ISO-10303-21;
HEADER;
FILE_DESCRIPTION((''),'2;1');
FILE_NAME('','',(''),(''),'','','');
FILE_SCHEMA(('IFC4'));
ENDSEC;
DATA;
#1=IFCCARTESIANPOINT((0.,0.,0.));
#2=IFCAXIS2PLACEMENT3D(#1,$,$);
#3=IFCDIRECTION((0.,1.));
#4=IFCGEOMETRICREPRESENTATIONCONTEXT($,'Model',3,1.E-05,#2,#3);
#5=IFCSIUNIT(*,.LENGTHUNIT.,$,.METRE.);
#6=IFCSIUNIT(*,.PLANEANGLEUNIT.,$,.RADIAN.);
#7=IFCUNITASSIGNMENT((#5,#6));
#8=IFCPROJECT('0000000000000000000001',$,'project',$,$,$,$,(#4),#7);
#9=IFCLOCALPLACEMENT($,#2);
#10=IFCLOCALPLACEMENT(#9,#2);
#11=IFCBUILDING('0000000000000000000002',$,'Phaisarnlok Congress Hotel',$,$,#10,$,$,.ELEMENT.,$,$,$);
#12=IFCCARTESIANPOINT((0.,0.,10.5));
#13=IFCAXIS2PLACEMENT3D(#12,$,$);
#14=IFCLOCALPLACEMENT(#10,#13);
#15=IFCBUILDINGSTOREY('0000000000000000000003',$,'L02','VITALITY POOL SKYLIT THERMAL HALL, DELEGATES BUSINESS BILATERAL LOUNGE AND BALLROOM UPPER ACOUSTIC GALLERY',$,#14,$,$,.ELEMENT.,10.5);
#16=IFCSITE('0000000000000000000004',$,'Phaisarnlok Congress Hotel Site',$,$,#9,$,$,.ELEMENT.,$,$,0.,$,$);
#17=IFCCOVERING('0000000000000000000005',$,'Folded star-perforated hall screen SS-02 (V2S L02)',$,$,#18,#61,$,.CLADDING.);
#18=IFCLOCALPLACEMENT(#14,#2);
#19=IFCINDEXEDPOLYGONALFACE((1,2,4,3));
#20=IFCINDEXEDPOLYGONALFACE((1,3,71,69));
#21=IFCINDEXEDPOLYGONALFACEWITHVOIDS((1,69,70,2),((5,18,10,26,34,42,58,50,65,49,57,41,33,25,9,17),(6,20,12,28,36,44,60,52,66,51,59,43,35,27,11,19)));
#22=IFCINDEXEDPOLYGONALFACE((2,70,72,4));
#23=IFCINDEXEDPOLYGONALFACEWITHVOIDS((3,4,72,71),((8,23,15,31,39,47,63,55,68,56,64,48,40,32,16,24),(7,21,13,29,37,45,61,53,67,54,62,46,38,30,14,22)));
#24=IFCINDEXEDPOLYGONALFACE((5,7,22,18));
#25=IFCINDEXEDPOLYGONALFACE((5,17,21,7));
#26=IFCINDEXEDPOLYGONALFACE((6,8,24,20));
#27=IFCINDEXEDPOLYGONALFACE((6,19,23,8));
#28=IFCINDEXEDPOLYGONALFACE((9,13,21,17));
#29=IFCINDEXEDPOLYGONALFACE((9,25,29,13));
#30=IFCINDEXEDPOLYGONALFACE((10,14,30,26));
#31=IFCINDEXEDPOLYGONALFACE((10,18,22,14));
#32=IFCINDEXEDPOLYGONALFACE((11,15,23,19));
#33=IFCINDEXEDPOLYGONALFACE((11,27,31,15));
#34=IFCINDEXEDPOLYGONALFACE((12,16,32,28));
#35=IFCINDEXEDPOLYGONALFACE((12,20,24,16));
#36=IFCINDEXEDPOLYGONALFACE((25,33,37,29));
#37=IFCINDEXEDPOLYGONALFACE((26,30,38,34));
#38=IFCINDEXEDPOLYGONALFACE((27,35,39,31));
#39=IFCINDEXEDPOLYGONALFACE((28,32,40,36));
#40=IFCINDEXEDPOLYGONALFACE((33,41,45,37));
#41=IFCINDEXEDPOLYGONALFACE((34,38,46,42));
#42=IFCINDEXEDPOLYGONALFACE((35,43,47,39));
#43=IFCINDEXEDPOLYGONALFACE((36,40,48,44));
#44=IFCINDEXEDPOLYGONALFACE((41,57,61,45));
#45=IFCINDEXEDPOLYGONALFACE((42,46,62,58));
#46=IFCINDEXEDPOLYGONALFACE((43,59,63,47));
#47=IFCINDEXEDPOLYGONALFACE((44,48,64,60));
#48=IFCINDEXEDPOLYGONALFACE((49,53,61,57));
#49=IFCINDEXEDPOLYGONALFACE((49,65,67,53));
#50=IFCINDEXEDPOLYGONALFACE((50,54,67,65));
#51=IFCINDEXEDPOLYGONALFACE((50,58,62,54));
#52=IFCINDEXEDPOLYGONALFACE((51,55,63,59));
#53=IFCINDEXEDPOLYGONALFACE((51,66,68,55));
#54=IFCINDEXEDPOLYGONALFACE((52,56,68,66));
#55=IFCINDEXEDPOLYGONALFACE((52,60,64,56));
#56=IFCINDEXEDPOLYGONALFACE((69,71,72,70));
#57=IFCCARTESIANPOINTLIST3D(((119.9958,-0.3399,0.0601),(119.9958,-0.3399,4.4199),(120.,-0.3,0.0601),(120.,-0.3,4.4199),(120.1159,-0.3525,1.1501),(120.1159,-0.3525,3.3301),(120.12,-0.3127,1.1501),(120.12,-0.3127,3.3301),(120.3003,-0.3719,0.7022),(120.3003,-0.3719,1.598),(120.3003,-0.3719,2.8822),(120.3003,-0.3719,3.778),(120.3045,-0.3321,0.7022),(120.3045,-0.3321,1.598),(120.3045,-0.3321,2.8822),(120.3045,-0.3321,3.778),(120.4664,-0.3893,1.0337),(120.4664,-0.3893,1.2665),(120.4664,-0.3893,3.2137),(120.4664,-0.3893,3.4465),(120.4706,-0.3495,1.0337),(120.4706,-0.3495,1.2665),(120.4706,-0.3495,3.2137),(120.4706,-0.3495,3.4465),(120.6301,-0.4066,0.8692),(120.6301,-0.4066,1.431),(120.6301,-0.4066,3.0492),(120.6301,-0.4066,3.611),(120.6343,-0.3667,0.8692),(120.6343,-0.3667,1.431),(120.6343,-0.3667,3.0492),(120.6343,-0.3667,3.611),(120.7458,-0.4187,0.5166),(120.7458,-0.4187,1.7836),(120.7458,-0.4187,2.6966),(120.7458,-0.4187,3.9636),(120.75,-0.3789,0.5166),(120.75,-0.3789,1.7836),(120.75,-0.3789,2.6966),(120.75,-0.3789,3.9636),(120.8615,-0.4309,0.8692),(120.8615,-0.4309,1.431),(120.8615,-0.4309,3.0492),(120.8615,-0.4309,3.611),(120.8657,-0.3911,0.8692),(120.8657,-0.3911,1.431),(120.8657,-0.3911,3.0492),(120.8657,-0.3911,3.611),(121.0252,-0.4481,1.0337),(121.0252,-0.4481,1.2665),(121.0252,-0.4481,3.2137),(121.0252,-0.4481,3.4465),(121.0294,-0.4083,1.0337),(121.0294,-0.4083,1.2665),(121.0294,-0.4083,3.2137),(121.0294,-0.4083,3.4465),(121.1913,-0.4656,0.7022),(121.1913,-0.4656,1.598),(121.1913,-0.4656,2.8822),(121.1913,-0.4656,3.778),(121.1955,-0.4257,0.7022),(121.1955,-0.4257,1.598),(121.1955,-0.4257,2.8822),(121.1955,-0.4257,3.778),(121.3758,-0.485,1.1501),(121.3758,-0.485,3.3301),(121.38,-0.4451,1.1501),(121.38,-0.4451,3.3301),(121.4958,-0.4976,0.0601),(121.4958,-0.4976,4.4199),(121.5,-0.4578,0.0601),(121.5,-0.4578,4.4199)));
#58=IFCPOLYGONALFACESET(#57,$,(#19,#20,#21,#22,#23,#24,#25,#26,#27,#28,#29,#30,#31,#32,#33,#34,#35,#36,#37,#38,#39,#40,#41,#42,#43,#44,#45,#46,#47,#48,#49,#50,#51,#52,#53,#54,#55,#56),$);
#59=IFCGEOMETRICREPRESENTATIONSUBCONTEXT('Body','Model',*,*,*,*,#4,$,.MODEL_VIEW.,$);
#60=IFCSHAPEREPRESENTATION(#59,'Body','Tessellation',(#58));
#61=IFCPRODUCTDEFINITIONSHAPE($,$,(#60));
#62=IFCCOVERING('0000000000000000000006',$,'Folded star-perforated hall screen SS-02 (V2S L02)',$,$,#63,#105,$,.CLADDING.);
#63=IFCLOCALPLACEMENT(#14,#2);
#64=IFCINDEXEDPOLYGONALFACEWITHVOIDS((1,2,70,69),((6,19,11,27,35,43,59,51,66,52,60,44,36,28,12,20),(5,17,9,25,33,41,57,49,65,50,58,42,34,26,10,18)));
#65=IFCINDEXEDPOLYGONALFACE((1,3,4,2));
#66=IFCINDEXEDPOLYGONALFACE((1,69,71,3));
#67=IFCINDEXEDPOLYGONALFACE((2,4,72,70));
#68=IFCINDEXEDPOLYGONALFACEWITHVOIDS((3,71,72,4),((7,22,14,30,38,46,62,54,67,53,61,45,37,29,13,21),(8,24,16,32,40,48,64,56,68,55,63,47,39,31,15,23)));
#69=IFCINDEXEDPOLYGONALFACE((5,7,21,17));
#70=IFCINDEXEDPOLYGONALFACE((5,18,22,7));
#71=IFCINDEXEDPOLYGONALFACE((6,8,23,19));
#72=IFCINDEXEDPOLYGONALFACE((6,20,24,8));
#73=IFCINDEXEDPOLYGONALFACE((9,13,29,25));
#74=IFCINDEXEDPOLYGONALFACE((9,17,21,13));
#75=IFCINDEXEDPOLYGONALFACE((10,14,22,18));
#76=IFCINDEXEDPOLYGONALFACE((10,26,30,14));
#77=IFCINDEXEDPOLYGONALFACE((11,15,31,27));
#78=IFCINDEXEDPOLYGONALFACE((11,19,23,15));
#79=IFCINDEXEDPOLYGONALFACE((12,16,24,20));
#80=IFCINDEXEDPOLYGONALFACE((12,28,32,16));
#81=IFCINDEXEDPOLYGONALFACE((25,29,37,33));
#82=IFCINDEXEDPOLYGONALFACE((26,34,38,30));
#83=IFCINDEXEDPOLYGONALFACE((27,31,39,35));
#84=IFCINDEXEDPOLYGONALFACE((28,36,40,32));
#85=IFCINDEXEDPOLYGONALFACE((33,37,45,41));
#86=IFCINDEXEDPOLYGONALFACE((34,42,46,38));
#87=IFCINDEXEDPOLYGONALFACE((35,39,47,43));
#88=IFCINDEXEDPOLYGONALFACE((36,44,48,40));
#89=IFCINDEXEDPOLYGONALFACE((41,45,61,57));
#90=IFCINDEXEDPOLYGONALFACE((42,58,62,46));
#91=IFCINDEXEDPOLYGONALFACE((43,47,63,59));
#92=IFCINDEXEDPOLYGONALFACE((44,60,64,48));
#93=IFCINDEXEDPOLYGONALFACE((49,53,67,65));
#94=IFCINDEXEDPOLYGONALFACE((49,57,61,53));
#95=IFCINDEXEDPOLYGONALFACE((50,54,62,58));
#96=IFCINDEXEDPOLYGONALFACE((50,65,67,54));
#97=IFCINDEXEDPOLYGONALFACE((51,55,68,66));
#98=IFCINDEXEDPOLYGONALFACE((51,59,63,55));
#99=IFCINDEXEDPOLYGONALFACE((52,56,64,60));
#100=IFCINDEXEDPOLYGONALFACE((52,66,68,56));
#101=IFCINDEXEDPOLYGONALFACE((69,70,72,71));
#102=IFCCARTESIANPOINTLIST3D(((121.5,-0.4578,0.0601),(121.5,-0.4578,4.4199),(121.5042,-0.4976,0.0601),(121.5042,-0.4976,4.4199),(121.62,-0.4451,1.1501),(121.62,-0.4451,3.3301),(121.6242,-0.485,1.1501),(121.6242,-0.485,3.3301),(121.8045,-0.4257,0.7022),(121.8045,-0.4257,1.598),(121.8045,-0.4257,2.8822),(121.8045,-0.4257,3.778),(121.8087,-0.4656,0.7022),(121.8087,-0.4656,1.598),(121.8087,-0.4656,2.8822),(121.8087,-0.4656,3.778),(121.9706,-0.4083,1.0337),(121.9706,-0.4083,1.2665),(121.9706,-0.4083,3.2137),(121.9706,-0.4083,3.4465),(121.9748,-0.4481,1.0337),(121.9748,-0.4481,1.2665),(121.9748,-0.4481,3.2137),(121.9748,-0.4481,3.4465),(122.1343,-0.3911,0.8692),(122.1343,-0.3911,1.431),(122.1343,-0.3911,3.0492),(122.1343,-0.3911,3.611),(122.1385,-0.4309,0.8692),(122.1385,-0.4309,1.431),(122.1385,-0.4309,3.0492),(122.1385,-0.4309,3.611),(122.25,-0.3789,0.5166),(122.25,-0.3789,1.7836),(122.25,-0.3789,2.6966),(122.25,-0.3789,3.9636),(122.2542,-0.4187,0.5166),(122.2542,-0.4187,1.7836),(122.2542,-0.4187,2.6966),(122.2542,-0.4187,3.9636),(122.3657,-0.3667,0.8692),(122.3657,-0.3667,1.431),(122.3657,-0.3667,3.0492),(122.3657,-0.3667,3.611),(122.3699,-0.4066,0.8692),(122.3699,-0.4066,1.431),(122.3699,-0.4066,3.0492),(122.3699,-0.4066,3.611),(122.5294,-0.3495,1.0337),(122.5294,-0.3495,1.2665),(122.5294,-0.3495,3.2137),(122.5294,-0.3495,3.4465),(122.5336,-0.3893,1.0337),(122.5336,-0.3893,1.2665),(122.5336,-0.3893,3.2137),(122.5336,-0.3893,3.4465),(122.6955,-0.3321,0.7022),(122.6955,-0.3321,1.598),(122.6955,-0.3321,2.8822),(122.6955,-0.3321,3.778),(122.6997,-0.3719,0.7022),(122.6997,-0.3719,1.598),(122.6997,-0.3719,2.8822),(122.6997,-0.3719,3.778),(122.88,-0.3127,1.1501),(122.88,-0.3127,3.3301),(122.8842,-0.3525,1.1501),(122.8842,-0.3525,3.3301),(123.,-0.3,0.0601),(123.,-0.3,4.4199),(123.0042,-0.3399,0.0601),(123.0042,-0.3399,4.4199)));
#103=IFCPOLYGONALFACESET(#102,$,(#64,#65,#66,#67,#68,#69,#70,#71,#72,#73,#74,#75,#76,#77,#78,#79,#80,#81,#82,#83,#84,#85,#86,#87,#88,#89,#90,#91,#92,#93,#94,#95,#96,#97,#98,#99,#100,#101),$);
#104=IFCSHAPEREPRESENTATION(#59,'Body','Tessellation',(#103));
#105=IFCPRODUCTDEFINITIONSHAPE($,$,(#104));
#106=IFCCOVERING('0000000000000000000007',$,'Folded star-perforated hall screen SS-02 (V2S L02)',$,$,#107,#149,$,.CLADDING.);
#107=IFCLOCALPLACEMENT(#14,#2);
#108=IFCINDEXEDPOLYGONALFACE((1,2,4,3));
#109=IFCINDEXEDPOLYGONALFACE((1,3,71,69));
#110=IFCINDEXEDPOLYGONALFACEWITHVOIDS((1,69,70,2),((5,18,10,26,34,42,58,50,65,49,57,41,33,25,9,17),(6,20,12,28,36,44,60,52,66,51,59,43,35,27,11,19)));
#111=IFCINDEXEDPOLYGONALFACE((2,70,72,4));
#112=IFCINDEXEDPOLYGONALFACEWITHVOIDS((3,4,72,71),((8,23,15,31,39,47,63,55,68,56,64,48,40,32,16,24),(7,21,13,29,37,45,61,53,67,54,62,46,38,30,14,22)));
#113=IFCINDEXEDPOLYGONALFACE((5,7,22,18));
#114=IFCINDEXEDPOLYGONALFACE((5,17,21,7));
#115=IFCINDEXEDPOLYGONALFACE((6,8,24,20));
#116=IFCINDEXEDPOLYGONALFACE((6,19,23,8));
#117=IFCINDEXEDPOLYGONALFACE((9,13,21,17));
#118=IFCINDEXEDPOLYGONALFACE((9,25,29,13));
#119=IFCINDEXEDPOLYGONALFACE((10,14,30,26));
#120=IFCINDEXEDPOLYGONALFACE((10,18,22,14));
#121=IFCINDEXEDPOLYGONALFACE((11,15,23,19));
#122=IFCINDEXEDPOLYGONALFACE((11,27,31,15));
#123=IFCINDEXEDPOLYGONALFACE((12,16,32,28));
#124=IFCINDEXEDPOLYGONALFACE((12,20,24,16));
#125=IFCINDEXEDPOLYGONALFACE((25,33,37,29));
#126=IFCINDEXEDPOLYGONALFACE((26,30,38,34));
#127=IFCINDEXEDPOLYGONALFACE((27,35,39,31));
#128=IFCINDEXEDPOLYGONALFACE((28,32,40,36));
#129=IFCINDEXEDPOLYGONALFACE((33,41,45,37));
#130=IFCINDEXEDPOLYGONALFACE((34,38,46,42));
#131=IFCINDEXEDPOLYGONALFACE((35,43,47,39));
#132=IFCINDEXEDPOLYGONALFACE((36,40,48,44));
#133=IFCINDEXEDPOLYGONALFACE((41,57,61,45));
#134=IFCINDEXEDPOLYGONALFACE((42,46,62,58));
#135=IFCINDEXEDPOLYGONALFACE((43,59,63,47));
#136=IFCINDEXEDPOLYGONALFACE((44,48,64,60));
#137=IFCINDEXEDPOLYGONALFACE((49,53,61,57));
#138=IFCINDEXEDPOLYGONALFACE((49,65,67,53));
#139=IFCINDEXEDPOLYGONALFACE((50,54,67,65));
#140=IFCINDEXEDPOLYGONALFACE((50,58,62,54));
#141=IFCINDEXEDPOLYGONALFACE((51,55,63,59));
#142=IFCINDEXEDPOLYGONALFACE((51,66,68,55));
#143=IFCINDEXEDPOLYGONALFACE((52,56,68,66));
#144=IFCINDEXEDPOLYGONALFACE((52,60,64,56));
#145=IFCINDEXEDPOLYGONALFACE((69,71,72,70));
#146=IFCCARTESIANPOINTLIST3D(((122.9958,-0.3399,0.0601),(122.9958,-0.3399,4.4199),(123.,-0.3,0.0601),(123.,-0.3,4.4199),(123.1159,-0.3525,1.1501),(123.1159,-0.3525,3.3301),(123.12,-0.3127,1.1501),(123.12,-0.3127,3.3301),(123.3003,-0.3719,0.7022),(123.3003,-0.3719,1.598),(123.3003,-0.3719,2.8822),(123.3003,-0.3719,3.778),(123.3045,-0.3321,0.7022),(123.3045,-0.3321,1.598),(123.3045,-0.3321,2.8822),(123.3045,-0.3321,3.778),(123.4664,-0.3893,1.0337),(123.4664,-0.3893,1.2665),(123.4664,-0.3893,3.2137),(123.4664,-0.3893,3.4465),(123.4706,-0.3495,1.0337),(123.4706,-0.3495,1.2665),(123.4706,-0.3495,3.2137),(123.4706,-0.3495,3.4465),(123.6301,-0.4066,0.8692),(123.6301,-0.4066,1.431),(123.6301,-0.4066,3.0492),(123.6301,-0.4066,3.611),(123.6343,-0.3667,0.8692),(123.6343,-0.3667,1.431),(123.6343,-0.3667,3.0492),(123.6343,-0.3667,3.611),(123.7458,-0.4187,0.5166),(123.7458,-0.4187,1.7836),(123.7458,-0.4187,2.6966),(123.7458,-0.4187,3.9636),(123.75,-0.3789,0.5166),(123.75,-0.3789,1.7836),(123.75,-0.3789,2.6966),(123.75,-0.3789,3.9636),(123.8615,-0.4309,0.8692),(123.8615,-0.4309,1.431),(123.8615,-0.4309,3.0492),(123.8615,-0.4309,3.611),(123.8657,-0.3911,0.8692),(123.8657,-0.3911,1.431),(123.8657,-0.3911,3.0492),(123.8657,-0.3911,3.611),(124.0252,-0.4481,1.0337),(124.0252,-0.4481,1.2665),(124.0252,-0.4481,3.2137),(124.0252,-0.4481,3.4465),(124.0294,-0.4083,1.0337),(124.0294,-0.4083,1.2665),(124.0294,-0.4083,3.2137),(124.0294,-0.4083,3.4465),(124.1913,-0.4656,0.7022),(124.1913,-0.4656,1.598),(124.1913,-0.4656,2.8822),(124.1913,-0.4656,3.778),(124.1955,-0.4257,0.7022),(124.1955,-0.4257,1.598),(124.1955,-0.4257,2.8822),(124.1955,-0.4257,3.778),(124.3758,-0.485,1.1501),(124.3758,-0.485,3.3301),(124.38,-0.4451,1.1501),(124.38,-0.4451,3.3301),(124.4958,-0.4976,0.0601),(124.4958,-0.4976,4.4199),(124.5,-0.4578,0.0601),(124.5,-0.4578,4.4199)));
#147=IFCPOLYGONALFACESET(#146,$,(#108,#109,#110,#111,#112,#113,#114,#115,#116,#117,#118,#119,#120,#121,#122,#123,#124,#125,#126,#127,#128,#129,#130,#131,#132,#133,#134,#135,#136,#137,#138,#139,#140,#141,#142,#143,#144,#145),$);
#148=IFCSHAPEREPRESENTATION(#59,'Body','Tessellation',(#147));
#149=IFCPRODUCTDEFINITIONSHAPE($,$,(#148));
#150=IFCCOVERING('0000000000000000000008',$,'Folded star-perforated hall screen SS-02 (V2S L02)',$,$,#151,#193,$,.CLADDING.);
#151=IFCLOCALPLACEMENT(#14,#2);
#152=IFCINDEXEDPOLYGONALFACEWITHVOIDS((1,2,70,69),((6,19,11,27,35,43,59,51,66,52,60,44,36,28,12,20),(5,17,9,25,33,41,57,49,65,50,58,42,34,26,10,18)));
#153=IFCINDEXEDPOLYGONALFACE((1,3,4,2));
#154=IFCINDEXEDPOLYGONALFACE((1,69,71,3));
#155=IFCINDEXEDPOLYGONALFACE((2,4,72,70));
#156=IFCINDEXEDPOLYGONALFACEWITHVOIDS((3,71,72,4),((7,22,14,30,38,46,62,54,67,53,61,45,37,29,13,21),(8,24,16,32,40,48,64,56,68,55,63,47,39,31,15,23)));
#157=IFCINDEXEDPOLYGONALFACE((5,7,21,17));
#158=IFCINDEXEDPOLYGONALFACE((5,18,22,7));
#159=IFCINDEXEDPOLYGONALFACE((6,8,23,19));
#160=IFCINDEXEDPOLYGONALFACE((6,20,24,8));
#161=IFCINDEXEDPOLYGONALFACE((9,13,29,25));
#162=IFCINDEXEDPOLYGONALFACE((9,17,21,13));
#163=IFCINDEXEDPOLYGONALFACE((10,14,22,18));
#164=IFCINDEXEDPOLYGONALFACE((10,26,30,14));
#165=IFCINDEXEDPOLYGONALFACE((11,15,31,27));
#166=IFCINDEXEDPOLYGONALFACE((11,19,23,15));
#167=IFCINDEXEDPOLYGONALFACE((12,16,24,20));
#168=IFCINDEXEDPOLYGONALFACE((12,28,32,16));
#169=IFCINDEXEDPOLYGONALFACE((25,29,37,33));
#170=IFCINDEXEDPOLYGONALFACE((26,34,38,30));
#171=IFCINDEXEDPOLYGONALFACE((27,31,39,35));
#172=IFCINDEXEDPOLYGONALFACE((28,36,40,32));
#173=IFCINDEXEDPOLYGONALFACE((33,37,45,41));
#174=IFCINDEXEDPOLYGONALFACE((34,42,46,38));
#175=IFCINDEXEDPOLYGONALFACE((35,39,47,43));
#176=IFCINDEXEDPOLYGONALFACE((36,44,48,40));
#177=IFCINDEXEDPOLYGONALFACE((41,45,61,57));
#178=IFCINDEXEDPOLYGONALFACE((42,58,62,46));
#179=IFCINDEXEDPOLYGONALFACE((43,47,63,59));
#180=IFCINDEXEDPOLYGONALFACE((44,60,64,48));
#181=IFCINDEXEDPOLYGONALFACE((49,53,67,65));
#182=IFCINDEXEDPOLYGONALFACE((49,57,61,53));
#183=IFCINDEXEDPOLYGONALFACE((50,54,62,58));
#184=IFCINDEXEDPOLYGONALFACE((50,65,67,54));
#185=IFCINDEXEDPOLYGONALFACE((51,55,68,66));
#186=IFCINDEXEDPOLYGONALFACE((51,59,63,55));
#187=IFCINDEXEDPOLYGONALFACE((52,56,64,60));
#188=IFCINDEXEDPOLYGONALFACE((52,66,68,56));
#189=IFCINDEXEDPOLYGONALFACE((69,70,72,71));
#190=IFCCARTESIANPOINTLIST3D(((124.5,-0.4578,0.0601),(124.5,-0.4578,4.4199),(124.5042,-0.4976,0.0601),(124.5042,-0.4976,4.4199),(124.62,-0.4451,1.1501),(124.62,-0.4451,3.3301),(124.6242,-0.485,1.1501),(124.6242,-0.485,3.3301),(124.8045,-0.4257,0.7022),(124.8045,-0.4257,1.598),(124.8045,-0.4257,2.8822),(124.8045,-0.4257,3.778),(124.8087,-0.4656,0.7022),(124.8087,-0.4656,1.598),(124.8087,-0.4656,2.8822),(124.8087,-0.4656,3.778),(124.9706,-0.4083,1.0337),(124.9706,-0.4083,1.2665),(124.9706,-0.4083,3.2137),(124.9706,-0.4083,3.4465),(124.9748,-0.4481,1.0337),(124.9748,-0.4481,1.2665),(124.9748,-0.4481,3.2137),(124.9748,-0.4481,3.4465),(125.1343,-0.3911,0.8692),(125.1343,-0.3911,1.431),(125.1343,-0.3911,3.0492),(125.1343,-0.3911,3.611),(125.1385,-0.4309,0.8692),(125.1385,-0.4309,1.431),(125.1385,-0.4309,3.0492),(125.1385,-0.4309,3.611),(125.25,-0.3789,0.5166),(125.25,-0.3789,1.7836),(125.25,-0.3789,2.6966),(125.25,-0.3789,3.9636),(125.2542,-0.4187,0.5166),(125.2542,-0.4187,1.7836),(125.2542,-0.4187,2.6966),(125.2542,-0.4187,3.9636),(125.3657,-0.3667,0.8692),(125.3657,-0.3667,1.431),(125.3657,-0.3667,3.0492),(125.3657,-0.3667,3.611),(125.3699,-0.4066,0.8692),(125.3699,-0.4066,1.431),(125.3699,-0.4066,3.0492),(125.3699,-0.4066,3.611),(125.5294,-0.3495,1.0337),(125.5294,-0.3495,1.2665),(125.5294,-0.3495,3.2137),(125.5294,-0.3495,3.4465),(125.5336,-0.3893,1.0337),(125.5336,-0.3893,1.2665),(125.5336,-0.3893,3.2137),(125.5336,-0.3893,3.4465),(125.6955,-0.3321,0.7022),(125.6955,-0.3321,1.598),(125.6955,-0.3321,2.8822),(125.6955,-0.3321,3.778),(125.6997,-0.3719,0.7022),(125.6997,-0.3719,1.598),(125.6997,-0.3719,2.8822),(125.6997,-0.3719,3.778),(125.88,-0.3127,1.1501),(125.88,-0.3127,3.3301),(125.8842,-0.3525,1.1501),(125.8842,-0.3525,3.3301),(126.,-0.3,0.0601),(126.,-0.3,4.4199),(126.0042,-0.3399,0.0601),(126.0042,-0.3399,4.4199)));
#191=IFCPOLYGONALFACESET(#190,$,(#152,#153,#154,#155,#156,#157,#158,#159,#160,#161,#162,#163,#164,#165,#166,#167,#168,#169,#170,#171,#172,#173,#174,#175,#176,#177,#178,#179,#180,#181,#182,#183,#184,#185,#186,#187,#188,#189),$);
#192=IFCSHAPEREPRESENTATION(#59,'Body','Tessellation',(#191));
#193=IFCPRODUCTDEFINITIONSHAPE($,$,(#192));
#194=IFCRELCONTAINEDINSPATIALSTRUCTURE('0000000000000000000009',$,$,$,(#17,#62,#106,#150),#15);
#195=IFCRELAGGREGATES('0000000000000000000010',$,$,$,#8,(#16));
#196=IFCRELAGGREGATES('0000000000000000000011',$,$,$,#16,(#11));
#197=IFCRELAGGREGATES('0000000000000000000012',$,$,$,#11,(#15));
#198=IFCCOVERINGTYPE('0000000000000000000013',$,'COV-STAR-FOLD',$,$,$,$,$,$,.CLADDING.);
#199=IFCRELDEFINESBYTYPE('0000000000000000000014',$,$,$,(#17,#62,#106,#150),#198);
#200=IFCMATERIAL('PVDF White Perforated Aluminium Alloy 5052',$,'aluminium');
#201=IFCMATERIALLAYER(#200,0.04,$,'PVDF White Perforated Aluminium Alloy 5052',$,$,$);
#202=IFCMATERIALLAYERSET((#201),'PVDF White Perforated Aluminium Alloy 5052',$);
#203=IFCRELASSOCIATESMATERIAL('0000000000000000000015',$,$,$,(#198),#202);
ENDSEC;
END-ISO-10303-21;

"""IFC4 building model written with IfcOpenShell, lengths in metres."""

from ifc_helpers import new_model, si_unit, direction, frame, origin, place, context, subcontext, project, spatial, polyline, outline, extrude, material, layer, layer_set, type_object, element, save


model = new_model("IFC4")

# Units and contexts
model_context = context("Model", 3, precision=1e-05, world=origin(), true_north=direction((0.0, 1.0)))
body_context = subcontext(model_context, "Body", "Model", "MODEL_VIEW")
ifc_project = project(units=[si_unit("LENGTHUNIT", "METRE"), si_unit("PLANEANGLEUNIT", "RADIAN")], contexts=[model_context])

# Site, building, storey
site_placement = place(None, origin())
site = spatial("IfcSite", under=ifc_project, at=site_placement, Name="Phaisarnlok Congress Hotel Site", CompositionType="ELEMENT", RefElevation=0.0)
building_placement = place(site_placement, origin())
building = spatial("IfcBuilding", under=site, at=building_placement, Name="Phaisarnlok Congress Hotel", CompositionType="ELEMENT")
storey_placement = place(building_placement, frame((0.0, 0.0, 10.5)))
storey = spatial("IfcBuildingStorey", under=building, at=storey_placement, Name="L02", Description="VITALITY POOL SKYLIT THERMAL HALL, DELEGATES BUSINESS BILATERAL LOUNGE AND BALLROOM UPPER ACOUSTIC GALLERY", CompositionType="ELEMENT", Elevation=10.5)

# Coverings
ifc_material_1 = material(Name="PVDF White Perforated Aluminium Alloy 5052", Category="aluminium")
ifc_layer_1 = layer(ifc_material_1, 0.04, Name="PVDF White Perforated Aluminium Alloy 5052")
ifc_layer_set_1 = layer_set([ifc_layer_1], Name="PVDF White Perforated Aluminium Alloy 5052")
covering_type = type_object("IfcCoveringType", Name="COV-STAR-FOLD", PredefinedType="CLADDING", material=ifc_layer_set_1)
for number, where, z_axis, x_axis, name in (
    (1, (120.0, -0.3, 0.0601), (-0.104567, -0.994518, 0.0), (0.994518, -0.104567, 0.0), "Folded star-perforated hall screen SS-02 (V2S L02)"),
    (2, (121.5, -0.4578, 0.0601), (0.104567, -0.994518, 0.0), (0.994518, 0.104567, 0.0), "Folded star-perforated hall screen SS-02 (V2S L02)"),
    (3, (123.0, -0.3, 0.0601), (-0.104567, -0.994518, 0.0), (0.994518, -0.104567, 0.0), "Folded star-perforated hall screen SS-02 (V2S L02)"),
    (4, (124.5, -0.4578, 0.0601), (0.104567, -0.994518, 0.0), (0.994518, 0.104567, 0.0), "Folded star-perforated hall screen SS-02 (V2S L02)"),
):
    element("IfcCovering", number, at=place(storey_placement, frame(where, z_axis=z_axis, x_axis=x_axis)), inside=storey, type_object=covering_type, Name=name, PredefinedType="CLADDING", context=body_context, shape_type="SweptSolid", body=[
        extrude(outline(polyline([(0.0, 0.0), (1.5083, 0.0), (1.5083, 4.3599), (0.0, 4.3599), (0.0, 0.0)]), holes=[polyline([(1.0351, 0.9736), (1.2021, 0.6421), (0.8705, 0.8091), (0.7541, 0.4565), (0.6378, 0.8091), (0.3062, 0.6421), (0.4732, 0.9736), (0.1207, 1.09), (0.4732, 1.2064), (0.3062, 1.5379), (0.6378, 1.3709), (0.7541, 1.7235), (0.8705, 1.3709), (1.2021, 1.5379), (1.0351, 1.2064), (1.3876, 1.09), (1.0351, 0.9736)]), polyline([(1.0351, 3.1536), (1.2021, 2.8221), (0.8705, 2.9891), (0.7541, 2.6365), (0.6378, 2.9891), (0.3062, 2.8221), (0.4732, 3.1536), (0.1207, 3.27), (0.4732, 3.3864), (0.3062, 3.7179), (0.6378, 3.5509), (0.7541, 3.9035), (0.8705, 3.5509), (1.2021, 3.7179), (1.0351, 3.3864), (1.3876, 3.27), (1.0351, 3.1536)])]), origin(), (0.0, 0.0, 1.0), 0.04),
    ])

save(model, "model.ifc")
